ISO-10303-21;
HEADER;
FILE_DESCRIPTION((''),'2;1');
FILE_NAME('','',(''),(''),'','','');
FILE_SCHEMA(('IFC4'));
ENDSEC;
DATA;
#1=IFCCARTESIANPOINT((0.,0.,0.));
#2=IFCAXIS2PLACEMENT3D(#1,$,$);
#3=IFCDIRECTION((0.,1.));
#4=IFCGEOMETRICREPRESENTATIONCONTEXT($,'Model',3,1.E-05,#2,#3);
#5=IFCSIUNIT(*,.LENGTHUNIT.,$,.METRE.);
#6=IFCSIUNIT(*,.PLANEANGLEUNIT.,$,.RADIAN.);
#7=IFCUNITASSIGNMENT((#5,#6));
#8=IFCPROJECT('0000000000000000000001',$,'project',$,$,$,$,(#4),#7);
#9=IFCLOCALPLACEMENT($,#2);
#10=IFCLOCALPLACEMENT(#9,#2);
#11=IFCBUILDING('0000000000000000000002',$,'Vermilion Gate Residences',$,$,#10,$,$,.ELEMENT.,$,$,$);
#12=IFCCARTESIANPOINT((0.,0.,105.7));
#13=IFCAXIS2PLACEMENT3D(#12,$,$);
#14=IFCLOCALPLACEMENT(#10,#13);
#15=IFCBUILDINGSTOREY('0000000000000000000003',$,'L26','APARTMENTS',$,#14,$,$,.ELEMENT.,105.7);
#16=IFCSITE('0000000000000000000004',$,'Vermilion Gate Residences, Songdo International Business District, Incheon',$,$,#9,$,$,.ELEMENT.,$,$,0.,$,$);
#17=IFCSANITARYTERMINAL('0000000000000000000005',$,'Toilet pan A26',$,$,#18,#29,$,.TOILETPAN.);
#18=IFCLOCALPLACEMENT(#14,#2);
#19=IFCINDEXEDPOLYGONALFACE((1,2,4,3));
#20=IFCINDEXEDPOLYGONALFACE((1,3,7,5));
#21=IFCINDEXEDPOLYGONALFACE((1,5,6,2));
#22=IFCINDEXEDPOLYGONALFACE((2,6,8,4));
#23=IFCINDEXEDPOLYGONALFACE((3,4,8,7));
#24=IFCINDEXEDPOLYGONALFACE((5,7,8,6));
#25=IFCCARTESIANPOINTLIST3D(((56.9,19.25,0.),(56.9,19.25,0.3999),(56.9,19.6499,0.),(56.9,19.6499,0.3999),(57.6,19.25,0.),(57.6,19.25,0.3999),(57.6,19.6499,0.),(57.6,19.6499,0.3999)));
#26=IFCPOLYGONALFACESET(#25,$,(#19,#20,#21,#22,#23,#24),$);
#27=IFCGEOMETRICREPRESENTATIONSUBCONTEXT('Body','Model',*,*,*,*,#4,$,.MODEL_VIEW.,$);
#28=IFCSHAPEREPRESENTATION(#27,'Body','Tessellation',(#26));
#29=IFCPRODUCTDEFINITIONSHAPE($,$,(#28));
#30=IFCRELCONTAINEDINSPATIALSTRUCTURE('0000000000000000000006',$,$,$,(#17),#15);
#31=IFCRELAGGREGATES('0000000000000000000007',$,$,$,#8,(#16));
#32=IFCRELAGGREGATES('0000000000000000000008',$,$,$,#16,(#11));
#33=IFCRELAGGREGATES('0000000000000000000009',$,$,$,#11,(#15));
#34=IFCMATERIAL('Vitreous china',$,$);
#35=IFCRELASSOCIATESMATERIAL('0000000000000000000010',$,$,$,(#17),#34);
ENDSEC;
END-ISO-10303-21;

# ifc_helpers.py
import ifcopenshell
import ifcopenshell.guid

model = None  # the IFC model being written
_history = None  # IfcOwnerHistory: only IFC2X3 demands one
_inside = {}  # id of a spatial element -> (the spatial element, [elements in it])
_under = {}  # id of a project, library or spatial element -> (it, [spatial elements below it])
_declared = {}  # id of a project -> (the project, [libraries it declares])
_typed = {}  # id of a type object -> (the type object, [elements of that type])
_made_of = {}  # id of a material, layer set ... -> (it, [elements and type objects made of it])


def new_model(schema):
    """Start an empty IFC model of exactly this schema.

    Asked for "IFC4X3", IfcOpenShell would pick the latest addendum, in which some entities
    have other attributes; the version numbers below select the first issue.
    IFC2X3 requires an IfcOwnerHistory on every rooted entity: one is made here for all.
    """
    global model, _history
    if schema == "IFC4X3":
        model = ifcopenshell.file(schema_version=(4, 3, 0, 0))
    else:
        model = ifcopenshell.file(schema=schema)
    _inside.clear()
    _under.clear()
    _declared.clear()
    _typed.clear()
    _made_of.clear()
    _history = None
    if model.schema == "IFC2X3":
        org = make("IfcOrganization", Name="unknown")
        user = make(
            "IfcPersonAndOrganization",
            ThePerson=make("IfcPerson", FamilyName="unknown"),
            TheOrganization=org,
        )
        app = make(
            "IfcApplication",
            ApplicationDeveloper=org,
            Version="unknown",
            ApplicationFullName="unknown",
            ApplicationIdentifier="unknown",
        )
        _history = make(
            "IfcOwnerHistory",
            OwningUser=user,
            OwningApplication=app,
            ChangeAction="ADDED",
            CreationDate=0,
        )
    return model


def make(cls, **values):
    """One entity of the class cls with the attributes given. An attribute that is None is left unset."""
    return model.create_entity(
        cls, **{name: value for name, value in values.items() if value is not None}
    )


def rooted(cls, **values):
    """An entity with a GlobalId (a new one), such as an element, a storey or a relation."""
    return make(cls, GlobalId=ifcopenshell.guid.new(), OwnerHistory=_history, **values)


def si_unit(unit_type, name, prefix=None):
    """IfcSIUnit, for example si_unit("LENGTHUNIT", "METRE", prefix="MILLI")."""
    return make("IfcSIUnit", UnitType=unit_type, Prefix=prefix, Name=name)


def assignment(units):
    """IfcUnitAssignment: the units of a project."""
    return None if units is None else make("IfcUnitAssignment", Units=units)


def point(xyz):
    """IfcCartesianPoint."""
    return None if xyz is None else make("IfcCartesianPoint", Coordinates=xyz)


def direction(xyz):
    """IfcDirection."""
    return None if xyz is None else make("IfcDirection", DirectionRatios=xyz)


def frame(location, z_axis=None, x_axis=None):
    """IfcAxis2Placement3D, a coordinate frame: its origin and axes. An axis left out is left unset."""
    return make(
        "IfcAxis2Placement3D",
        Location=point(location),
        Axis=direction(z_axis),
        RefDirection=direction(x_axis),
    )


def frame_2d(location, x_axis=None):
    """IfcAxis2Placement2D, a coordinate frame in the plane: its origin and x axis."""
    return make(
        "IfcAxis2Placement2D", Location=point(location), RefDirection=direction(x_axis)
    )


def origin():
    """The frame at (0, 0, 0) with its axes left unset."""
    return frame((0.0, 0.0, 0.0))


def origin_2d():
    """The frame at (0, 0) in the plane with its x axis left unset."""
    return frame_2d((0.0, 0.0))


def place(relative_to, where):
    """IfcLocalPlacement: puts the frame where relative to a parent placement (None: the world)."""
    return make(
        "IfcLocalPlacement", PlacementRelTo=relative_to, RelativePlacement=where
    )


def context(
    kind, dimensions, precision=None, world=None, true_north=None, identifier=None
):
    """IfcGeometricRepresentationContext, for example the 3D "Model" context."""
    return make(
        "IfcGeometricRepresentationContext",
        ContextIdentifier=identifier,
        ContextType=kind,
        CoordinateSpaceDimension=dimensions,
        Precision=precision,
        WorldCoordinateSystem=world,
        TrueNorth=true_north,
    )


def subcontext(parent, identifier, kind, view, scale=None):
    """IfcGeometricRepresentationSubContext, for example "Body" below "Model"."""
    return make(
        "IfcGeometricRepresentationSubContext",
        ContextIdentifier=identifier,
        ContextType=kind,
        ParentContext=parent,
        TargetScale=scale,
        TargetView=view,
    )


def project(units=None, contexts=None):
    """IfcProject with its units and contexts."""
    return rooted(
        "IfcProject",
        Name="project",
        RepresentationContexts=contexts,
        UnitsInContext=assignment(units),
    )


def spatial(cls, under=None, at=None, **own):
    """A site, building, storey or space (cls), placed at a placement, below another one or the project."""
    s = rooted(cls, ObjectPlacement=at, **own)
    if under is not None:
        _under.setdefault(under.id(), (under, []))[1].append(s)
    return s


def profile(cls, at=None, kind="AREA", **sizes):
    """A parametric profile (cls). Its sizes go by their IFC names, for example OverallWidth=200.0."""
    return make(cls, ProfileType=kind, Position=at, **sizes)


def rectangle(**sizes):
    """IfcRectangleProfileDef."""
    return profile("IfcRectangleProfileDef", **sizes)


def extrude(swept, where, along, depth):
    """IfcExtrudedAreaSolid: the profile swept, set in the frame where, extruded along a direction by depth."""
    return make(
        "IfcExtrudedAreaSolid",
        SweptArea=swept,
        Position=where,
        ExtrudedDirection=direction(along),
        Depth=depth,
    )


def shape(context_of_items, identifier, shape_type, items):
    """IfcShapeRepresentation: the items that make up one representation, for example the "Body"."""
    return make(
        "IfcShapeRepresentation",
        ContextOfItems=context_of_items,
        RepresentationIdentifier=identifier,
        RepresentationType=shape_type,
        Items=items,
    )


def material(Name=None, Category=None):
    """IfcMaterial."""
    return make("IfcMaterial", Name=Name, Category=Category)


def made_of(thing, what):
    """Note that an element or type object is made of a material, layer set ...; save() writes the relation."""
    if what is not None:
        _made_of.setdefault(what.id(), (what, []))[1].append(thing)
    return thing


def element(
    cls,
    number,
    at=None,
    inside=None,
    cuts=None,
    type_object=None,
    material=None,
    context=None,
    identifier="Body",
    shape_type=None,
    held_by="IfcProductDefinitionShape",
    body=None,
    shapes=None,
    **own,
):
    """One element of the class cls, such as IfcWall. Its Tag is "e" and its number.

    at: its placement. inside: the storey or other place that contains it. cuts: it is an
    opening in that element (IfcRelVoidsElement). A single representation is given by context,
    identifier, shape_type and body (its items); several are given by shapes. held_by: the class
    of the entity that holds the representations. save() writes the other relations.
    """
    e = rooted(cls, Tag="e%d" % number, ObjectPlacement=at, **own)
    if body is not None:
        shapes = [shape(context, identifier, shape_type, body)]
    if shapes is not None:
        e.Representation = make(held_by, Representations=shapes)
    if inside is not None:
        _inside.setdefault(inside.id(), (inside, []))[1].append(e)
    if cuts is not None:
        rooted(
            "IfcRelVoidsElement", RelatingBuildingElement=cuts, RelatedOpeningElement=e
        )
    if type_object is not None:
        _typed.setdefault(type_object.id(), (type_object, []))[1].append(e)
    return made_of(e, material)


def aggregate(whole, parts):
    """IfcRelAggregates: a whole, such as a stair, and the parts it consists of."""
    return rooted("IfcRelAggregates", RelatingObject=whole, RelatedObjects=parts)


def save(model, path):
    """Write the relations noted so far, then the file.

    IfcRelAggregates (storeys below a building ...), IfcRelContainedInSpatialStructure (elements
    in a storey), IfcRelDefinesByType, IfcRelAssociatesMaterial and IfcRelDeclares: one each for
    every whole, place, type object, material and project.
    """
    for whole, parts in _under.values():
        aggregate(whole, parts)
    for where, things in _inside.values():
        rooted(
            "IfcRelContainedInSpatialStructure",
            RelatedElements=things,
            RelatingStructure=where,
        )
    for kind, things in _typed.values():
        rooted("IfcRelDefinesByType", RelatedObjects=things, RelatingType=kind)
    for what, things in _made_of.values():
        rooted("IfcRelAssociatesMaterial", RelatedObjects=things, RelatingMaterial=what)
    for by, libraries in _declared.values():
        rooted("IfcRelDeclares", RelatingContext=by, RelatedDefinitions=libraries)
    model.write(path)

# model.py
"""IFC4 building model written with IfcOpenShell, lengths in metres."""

from ifc_helpers import new_model, si_unit, direction, frame, origin, origin_2d, place, context, subcontext, project, spatial, rectangle, extrude, material, element, save


model = new_model("IFC4")

# Units and contexts
model_context = context("Model", 3, precision=1e-05, world=origin(), true_north=direction((0.0, 1.0)))
body_context = subcontext(model_context, "Body", "Model", "MODEL_VIEW")
ifc_project = project(units=[si_unit("LENGTHUNIT", "METRE"), si_unit("PLANEANGLEUNIT", "RADIAN")], contexts=[model_context])

# Site, building, storey
site_placement = place(None, origin())
site = spatial("IfcSite", under=ifc_project, at=site_placement, Name="Vermilion Gate Residences, Songdo International Business District, Incheon", CompositionType="ELEMENT", RefElevation=0.0)
building_placement = place(site_placement, origin())
building = spatial("IfcBuilding", under=site, at=building_placement, Name="Vermilion Gate Residences", CompositionType="ELEMENT")
storey_placement = place(building_placement, frame((0.0, 0.0, 105.7)))
storey = spatial("IfcBuildingStorey", under=building, at=storey_placement, Name="L26", Description="APARTMENTS", CompositionType="ELEMENT", Elevation=105.7)

# Sanitary terminal
ifc_material_1 = material(Name="Vitreous china")
sanitary_terminal_placement = place(storey_placement, frame((57.25, 19.45, 0.0), z_axis=(0.0, 0.0, 1.0), x_axis=(1.0, 0.0, 0.0)))
element("IfcSanitaryTerminal", 1, at=sanitary_terminal_placement, inside=storey, material=ifc_material_1, Name="Toilet pan A26", PredefinedType="TOILETPAN", context=body_context, shape_type="SweptSolid", body=[
    extrude(rectangle(XDim=0.7, YDim=0.3999, at=origin_2d()), origin(), (0.0, 0.0, 1.0), 0.3999),
])

save(model, "model.ifc")
